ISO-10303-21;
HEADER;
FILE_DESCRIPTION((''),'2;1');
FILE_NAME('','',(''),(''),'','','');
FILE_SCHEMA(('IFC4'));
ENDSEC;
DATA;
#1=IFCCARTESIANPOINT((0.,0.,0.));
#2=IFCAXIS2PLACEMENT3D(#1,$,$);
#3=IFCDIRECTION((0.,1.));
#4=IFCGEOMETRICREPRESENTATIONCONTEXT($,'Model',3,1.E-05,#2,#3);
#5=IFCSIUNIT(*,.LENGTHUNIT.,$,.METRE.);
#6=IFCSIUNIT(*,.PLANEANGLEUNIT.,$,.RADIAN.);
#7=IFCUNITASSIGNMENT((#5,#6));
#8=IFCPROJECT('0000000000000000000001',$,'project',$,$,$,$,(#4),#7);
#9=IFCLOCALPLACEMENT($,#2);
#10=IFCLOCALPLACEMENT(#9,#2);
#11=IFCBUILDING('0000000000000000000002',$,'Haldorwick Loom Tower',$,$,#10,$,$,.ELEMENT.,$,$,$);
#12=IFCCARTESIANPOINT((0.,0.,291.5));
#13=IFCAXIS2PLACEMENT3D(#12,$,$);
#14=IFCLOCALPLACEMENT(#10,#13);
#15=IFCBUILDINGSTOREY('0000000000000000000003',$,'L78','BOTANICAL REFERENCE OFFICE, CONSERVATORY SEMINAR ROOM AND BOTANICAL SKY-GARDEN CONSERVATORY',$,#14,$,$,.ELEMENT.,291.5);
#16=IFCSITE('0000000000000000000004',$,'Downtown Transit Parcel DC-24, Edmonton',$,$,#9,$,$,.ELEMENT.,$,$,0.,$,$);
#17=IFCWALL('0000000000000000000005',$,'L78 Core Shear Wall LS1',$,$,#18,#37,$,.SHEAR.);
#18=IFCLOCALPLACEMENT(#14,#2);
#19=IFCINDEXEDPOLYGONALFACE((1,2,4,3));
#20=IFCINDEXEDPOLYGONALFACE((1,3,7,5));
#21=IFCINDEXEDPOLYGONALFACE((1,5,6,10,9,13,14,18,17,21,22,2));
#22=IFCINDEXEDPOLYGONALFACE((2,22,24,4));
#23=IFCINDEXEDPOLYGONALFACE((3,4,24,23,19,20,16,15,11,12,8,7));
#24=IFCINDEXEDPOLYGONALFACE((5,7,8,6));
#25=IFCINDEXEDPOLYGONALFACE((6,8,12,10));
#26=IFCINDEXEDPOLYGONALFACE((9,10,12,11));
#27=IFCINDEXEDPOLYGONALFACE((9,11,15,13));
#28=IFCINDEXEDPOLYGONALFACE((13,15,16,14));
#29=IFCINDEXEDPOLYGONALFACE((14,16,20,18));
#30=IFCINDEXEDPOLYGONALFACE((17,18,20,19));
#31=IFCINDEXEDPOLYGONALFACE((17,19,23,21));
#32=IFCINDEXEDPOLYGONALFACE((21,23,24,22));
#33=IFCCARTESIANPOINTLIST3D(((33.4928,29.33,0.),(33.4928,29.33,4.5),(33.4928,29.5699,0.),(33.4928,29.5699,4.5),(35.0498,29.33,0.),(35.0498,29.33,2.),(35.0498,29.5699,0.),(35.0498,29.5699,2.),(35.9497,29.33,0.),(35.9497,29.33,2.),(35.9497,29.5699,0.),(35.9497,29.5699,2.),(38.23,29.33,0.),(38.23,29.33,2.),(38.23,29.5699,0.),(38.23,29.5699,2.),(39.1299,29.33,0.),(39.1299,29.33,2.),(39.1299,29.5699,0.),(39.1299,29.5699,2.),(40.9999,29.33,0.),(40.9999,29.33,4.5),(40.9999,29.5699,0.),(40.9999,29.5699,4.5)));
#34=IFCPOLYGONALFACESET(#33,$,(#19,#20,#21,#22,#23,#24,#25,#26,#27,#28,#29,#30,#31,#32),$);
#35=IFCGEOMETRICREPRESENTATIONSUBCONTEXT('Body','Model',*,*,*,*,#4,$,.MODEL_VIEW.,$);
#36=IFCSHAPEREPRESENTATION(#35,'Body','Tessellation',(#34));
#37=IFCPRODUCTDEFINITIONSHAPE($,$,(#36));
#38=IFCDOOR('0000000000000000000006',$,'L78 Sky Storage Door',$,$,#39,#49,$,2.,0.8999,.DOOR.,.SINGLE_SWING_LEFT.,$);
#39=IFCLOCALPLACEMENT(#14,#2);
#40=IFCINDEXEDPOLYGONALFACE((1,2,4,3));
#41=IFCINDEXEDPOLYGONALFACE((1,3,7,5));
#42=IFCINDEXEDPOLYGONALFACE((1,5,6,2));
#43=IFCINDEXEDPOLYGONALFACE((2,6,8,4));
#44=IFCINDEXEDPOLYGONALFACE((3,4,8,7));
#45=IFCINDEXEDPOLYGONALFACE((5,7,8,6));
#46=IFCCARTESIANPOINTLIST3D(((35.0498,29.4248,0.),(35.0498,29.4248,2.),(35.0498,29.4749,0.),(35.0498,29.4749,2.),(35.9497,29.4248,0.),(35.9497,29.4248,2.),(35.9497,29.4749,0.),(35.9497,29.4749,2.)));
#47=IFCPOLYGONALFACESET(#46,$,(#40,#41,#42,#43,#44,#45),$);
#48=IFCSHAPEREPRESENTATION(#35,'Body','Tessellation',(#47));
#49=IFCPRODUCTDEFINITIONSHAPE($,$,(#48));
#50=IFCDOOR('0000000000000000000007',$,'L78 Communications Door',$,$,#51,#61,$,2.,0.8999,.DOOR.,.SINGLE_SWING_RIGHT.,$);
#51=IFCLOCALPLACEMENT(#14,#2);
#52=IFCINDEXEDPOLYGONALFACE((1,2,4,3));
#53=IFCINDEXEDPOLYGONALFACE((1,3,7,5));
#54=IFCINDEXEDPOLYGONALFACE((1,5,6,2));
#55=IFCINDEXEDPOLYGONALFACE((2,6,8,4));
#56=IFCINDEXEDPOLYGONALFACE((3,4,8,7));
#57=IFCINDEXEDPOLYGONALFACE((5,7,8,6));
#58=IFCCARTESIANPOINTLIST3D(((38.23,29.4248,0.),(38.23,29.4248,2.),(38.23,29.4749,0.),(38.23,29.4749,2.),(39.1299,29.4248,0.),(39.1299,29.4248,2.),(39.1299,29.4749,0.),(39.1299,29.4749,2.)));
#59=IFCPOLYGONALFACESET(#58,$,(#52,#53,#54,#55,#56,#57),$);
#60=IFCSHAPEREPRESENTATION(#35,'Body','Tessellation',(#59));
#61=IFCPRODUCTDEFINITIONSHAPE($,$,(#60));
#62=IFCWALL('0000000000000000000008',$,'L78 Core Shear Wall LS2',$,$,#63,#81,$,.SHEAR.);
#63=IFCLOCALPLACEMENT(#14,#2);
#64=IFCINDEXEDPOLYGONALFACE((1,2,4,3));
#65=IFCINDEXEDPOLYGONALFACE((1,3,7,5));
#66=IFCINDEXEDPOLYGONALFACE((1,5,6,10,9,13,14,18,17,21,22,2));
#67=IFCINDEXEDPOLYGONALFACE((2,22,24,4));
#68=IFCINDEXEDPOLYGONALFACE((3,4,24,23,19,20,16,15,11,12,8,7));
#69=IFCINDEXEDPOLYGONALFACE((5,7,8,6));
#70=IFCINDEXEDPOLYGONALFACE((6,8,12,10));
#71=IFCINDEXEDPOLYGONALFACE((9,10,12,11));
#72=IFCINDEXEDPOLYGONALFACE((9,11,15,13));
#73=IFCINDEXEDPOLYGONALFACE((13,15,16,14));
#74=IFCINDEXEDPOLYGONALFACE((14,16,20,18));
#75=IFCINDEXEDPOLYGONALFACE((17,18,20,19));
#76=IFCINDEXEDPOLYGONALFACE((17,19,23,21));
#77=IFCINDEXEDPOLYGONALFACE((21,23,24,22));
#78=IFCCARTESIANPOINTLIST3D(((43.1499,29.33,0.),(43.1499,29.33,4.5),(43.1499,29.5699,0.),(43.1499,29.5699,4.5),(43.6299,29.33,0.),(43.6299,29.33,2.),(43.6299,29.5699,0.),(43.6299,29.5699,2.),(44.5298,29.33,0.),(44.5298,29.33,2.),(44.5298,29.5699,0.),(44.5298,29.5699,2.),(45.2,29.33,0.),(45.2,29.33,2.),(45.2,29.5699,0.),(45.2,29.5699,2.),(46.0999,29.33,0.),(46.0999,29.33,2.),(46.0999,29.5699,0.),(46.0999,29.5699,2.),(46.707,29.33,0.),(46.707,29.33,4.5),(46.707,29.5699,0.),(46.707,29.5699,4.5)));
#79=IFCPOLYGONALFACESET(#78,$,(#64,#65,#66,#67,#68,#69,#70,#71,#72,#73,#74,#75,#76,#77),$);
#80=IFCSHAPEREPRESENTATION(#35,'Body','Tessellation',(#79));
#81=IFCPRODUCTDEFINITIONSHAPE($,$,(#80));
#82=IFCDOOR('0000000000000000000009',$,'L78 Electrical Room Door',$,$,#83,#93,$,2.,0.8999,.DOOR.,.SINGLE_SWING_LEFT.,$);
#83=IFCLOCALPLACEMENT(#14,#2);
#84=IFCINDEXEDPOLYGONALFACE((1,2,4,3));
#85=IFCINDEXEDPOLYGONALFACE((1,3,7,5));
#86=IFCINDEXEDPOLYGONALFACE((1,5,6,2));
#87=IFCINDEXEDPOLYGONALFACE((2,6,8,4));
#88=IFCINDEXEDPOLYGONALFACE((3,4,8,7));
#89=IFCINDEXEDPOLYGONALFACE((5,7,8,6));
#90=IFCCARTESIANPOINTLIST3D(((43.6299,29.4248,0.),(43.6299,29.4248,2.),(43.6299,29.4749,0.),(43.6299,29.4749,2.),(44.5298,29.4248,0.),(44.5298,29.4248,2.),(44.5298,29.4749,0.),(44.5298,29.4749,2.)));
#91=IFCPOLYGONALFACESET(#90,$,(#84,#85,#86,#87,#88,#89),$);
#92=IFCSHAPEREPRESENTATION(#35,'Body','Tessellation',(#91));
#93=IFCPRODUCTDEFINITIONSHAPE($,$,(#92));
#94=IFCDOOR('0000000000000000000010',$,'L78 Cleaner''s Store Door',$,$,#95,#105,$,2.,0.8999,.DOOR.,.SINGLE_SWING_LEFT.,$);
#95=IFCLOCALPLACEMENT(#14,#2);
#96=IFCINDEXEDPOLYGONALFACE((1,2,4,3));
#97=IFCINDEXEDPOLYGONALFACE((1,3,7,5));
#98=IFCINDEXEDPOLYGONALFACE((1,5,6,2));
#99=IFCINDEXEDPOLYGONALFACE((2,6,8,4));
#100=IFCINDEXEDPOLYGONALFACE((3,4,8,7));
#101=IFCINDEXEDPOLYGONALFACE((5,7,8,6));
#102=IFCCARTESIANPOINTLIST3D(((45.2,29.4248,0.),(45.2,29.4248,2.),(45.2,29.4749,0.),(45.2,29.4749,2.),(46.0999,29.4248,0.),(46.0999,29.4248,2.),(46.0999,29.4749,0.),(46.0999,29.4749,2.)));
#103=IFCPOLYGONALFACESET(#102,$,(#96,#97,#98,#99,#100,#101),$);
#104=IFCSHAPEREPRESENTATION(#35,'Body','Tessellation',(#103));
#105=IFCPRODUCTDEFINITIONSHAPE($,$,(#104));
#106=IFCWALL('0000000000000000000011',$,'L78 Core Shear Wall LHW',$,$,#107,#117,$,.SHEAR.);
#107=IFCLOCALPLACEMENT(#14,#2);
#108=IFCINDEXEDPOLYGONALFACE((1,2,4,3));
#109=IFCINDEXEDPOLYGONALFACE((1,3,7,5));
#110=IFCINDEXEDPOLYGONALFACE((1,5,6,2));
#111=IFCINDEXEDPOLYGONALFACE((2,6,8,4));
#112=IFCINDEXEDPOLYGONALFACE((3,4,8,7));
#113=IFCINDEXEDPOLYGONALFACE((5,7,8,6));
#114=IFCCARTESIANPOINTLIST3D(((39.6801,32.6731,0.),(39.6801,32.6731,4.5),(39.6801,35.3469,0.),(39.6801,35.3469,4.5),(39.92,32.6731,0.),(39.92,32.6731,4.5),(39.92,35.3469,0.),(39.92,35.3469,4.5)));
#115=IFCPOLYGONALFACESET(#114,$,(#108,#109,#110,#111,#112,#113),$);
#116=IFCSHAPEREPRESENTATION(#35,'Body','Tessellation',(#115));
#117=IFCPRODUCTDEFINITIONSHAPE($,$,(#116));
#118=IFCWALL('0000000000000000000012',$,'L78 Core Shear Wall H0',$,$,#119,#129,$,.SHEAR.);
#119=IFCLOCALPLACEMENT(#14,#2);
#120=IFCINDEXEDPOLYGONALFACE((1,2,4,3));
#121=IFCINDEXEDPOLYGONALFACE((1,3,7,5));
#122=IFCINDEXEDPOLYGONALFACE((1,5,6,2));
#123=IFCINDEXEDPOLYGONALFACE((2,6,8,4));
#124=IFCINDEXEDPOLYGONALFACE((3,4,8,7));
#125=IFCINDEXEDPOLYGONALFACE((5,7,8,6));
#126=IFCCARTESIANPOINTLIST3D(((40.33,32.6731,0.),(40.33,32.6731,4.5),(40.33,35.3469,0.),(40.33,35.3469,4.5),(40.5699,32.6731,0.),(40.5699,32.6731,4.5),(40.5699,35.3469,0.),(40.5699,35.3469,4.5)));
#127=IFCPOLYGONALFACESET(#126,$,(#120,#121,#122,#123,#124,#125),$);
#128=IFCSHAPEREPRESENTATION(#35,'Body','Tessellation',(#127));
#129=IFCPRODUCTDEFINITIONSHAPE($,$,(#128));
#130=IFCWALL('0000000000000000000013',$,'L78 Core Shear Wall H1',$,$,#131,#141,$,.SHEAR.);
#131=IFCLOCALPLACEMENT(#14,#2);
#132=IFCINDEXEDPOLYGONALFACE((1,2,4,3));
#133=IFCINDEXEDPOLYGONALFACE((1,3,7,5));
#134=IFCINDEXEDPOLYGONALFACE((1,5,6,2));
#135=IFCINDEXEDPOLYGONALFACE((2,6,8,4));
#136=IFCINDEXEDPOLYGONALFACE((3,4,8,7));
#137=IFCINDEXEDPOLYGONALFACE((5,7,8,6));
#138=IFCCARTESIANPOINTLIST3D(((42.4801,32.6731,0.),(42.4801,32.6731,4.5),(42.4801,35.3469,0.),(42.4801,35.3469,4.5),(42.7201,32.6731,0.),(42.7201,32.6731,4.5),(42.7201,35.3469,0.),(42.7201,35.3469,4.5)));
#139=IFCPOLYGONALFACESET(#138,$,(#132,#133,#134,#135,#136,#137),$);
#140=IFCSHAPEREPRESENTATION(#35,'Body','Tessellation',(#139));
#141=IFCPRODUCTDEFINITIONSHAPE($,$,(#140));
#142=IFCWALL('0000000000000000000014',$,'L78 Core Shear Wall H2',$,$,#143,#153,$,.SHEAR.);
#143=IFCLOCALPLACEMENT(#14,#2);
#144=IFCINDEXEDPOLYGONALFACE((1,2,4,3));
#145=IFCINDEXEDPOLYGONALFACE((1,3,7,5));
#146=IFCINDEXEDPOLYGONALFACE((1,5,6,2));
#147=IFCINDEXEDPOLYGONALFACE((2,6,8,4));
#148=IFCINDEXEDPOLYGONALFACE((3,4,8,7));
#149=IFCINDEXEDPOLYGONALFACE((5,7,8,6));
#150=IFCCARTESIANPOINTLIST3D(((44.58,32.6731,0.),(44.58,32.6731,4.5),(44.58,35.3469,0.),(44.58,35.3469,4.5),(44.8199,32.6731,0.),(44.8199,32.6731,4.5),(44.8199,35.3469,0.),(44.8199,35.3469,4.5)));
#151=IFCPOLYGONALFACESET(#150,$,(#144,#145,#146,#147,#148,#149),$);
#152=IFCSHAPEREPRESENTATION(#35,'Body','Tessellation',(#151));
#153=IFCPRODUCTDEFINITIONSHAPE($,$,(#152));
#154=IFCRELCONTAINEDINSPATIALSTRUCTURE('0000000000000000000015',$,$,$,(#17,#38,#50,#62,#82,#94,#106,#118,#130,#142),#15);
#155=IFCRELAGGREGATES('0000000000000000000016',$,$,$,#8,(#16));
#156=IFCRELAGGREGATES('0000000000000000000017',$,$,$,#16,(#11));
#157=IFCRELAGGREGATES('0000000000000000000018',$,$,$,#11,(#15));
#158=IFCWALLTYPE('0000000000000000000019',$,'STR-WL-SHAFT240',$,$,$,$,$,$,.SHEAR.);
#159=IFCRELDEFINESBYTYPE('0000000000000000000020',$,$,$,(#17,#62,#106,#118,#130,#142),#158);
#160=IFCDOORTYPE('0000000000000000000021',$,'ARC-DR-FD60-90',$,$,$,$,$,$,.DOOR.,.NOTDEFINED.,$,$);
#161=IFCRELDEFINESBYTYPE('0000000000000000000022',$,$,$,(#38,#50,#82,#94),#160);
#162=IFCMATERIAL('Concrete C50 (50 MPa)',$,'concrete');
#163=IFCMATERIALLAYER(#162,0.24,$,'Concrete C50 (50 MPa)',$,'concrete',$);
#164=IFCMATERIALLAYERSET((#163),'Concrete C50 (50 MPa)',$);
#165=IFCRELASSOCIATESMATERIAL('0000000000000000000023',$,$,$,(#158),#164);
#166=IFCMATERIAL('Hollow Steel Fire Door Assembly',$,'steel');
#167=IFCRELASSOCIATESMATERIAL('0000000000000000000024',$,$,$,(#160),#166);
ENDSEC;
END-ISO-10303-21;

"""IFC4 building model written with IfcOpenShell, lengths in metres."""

from ifc_helpers import new_model, si_unit, direction, frame, frame_2d, origin, place, context, subcontext, project, spatial, rectangle, extrude, material, layer, layer_set, type_object, element, fill, save


model = new_model("IFC4")

# Units and contexts
model_context = context("Model", 3, precision=1e-05, world=origin(), true_north=direction((0.0, 1.0)))
body_context = subcontext(model_context, "Body", "Model", "MODEL_VIEW")
ifc_project = project(units=[si_unit("LENGTHUNIT", "METRE"), si_unit("PLANEANGLEUNIT", "RADIAN")], contexts=[model_context])

# Site, building, storey
site_placement = place(None, origin())
site = spatial("IfcSite", under=ifc_project, at=site_placement, Name="Downtown Transit Parcel DC-24, Edmonton", CompositionType="ELEMENT", RefElevation=0.0)
building_placement = place(site_placement, origin())
building = spatial("IfcBuilding", under=site, at=building_placement, Name="Haldorwick Loom Tower", CompositionType="ELEMENT")
storey_placement = place(building_placement, frame((0.0, 0.0, 291.5)))
storey = spatial("IfcBuildingStorey", under=building, at=storey_placement, Name="L78", Description="BOTANICAL REFERENCE OFFICE, CONSERVATORY SEMINAR ROOM AND BOTANICAL SKY-GARDEN CONSERVATORY", CompositionType="ELEMENT", Elevation=291.5)

# Shared definitions
ifc_material_1 = material(Name="Concrete C50 (50 MPa)", Category="concrete")

# Walls, openings, doors
ifc_layer_1 = layer(ifc_material_1, 0.24, Name="Concrete C50 (50 MPa)", Category="concrete")
ifc_layer_set_1 = layer_set([ifc_layer_1], Name="Concrete C50 (50 MPa)")
wall_type_1 = type_object("IfcWallType", Name="STR-WL-SHAFT240", PredefinedType="SHEAR", material=ifc_layer_set_1)
ifc_material_2 = material(Name="Hollow Steel Fire Door Assembly", Category="steel")
door_type_1 = type_object("IfcDoorType", Name="ARC-DR-FD60-90", OperationType="NOTDEFINED", PredefinedType="DOOR", material=ifc_material_2)
wall_1_placement = place(storey_placement, frame((33.4929, 29.45, 0.0), z_axis=(0.0, 0.0, 1.0), x_axis=(1.0, 0.0, 0.0)))
wall_1 = element("IfcWall", 1, at=wall_1_placement, inside=storey, type_object=wall_type_1, Name="L78 Core Shear Wall LS1", PredefinedType="SHEAR", context=body_context, shape_type="SweptSolid", body=[
    extrude(rectangle(XDim=7.5071, YDim=0.24, at=frame_2d((3.7534, 0.0))), origin(), (0.0, 0.0, 1.0), 4.5),
])
opening_1_placement = place(wall_1_placement, frame((1.5569, 0.0, 0.0)))
opening_1 = element("IfcOpeningElement", 2, at=opening_1_placement, cuts=wall_1, PredefinedType="OPENING", context=body_context, shape_type="SweptSolid", body=[
    extrude(rectangle(XDim=0.8999, YDim=2.0, at=frame_2d((0.45, 1.0))), frame((0.0, 0.1299, 0.0), z_axis=(0.0, -1.0, 0.0), x_axis=(1.0, 0.0, 0.0)), (0.0, 0.0, 1.0), 0.26),
])
opening_2_placement = place(wall_1_placement, frame((4.7371, 0.0, 0.0)))
opening_2 = element("IfcOpeningElement", 3, at=opening_2_placement, cuts=wall_1, PredefinedType="OPENING", context=body_context, shape_type="SweptSolid", body=[
    extrude(rectangle(XDim=0.8999, YDim=2.0, at=frame_2d((0.45, 1.0))), frame((0.0, 0.1299, 0.0), z_axis=(0.0, -1.0, 0.0), x_axis=(1.0, 0.0, 0.0)), (0.0, 0.0, 1.0), 0.26),
])
door_1_placement = place(opening_1_placement, origin())
door_1 = element("IfcDoor", 4, at=door_1_placement, inside=storey, type_object=door_type_1, Name="L78 Sky Storage Door", OperationType="SINGLE_SWING_LEFT", OverallHeight=2.0, OverallWidth=0.8999, PredefinedType="DOOR", context=body_context, shape_type="SweptSolid", body=[
    extrude(rectangle(XDim=0.8999, YDim=2.0, at=frame_2d((0.45, 1.0))), frame((0.0, 0.0249, 0.0), z_axis=(0.0, -1.0, 0.0), x_axis=(1.0, 0.0, 0.0)), (0.0, 0.0, 1.0), 0.05),
])
fill(opening_1, door_1)
door_2_placement = place(opening_2_placement, origin())
door_2 = element("IfcDoor", 5, at=door_2_placement, inside=storey, type_object=door_type_1, Name="L78 Communications Door", OperationType="SINGLE_SWING_RIGHT", OverallHeight=2.0, OverallWidth=0.8999, PredefinedType="DOOR", context=body_context, shape_type="SweptSolid", body=[
    extrude(rectangle(XDim=0.8999, YDim=2.0, at=frame_2d((0.45, 1.0))), frame((0.0, 0.0249, 0.0), z_axis=(0.0, -1.0, 0.0), x_axis=(1.0, 0.0, 0.0)), (0.0, 0.0, 1.0), 0.05),
])
fill(opening_2, door_2)
wall_2_placement = place(storey_placement, frame((43.1499, 29.45, 0.0), z_axis=(0.0, 0.0, 1.0), x_axis=(1.0, 0.0, 0.0)))
wall_2 = element("IfcWall", 6, at=wall_2_placement, inside=storey, type_object=wall_type_1, Name="L78 Core Shear Wall LS2", PredefinedType="SHEAR", context=body_context, shape_type="SweptSolid", body=[
    extrude(rectangle(XDim=3.5571, YDim=0.24, at=frame_2d((1.7786, 0.0))), origin(), (0.0, 0.0, 1.0), 4.5),
])
opening_3_placement = place(wall_2_placement, frame((0.48, 0.0, 0.0)))
opening_3 = element("IfcOpeningElement", 7, at=opening_3_placement, cuts=wall_2, PredefinedType="OPENING", context=body_context, shape_type="SweptSolid", body=[
    extrude(rectangle(XDim=0.8999, YDim=2.0, at=frame_2d((0.45, 1.0))), frame((0.0, 0.1299, 0.0), z_axis=(0.0, -1.0, 0.0), x_axis=(1.0, 0.0, 0.0)), (0.0, 0.0, 1.0), 0.26),
])
opening_4_placement = place(wall_2_placement, frame((2.05, 0.0, 0.0)))
opening_4 = element("IfcOpeningElement", 8, at=opening_4_placement, cuts=wall_2, PredefinedType="OPENING", context=body_context, shape_type="SweptSolid", body=[
    extrude(rectangle(XDim=0.8999, YDim=2.0, at=frame_2d((0.45, 1.0))), frame((0.0, 0.1299, 0.0), z_axis=(0.0, -1.0, 0.0), x_axis=(1.0, 0.0, 0.0)), (0.0, 0.0, 1.0), 0.26),
])
door_3_placement = place(opening_3_placement, origin())
door_3 = element("IfcDoor", 9, at=door_3_placement, inside=storey, type_object=door_type_1, Name="L78 Electrical Room Door", OperationType="SINGLE_SWING_LEFT", OverallHeight=2.0, OverallWidth=0.8999, PredefinedType="DOOR", context=body_context, shape_type="SweptSolid", body=[
    extrude(rectangle(XDim=0.8999, YDim=2.0, at=frame_2d((0.45, 1.0))), frame((0.0, 0.0249, 0.0), z_axis=(0.0, -1.0, 0.0), x_axis=(1.0, 0.0, 0.0)), (0.0, 0.0, 1.0), 0.05),
])
fill(opening_3, door_3)
door_4_placement = place(opening_4_placement, origin())
door_4 = element("IfcDoor", 10, at=door_4_placement, inside=storey, type_object=door_type_1, Name="L78 Cleaner's Store Door", OperationType="SINGLE_SWING_LEFT", OverallHeight=2.0, OverallWidth=0.8999, PredefinedType="DOOR", context=body_context, shape_type="SweptSolid", body=[
    extrude(rectangle(XDim=0.8999, YDim=2.0, at=frame_2d((0.45, 1.0))), frame((0.0, 0.0249, 0.0), z_axis=(0.0, -1.0, 0.0), x_axis=(1.0, 0.0, 0.0)), (0.0, 0.0, 1.0), 0.05),
])
fill(opening_4, door_4)

# Walls
for number, where, z_axis, x_axis, name in (
    (11, (39.8, 32.6731, 0.0), (0.0, 0.0, 1.0), (0.0, 1.0, 0.0), "L78 Core Shear Wall LHW"),
    (12, (40.45, 32.6731, 0.0), (0.0, 0.0, 1.0), (0.0, 1.0, 0.0), "L78 Core Shear Wall H0"),
    (13, (42.6001, 32.6731, 0.0), (0.0, 0.0, 1.0), (0.0, 1.0, 0.0), "L78 Core Shear Wall H1"),
    (14, (44.7, 32.6731, 0.0), (0.0, 0.0, 1.0), (0.0, 1.0, 0.0), "L78 Core Shear Wall H2"),
):
    element("IfcWall", number, at=place(storey_placement, frame(where, z_axis=z_axis, x_axis=x_axis)), inside=storey, type_object=wall_type_1, Name=name, PredefinedType="SHEAR", context=body_context, shape_type="SweptSolid", body=[
        extrude(rectangle(XDim=2.6738, YDim=0.24, at=frame_2d((1.3369, 0.0))), origin(), (0.0, 0.0, 1.0), 4.5),
    ])

save(model, "model.ifc")
